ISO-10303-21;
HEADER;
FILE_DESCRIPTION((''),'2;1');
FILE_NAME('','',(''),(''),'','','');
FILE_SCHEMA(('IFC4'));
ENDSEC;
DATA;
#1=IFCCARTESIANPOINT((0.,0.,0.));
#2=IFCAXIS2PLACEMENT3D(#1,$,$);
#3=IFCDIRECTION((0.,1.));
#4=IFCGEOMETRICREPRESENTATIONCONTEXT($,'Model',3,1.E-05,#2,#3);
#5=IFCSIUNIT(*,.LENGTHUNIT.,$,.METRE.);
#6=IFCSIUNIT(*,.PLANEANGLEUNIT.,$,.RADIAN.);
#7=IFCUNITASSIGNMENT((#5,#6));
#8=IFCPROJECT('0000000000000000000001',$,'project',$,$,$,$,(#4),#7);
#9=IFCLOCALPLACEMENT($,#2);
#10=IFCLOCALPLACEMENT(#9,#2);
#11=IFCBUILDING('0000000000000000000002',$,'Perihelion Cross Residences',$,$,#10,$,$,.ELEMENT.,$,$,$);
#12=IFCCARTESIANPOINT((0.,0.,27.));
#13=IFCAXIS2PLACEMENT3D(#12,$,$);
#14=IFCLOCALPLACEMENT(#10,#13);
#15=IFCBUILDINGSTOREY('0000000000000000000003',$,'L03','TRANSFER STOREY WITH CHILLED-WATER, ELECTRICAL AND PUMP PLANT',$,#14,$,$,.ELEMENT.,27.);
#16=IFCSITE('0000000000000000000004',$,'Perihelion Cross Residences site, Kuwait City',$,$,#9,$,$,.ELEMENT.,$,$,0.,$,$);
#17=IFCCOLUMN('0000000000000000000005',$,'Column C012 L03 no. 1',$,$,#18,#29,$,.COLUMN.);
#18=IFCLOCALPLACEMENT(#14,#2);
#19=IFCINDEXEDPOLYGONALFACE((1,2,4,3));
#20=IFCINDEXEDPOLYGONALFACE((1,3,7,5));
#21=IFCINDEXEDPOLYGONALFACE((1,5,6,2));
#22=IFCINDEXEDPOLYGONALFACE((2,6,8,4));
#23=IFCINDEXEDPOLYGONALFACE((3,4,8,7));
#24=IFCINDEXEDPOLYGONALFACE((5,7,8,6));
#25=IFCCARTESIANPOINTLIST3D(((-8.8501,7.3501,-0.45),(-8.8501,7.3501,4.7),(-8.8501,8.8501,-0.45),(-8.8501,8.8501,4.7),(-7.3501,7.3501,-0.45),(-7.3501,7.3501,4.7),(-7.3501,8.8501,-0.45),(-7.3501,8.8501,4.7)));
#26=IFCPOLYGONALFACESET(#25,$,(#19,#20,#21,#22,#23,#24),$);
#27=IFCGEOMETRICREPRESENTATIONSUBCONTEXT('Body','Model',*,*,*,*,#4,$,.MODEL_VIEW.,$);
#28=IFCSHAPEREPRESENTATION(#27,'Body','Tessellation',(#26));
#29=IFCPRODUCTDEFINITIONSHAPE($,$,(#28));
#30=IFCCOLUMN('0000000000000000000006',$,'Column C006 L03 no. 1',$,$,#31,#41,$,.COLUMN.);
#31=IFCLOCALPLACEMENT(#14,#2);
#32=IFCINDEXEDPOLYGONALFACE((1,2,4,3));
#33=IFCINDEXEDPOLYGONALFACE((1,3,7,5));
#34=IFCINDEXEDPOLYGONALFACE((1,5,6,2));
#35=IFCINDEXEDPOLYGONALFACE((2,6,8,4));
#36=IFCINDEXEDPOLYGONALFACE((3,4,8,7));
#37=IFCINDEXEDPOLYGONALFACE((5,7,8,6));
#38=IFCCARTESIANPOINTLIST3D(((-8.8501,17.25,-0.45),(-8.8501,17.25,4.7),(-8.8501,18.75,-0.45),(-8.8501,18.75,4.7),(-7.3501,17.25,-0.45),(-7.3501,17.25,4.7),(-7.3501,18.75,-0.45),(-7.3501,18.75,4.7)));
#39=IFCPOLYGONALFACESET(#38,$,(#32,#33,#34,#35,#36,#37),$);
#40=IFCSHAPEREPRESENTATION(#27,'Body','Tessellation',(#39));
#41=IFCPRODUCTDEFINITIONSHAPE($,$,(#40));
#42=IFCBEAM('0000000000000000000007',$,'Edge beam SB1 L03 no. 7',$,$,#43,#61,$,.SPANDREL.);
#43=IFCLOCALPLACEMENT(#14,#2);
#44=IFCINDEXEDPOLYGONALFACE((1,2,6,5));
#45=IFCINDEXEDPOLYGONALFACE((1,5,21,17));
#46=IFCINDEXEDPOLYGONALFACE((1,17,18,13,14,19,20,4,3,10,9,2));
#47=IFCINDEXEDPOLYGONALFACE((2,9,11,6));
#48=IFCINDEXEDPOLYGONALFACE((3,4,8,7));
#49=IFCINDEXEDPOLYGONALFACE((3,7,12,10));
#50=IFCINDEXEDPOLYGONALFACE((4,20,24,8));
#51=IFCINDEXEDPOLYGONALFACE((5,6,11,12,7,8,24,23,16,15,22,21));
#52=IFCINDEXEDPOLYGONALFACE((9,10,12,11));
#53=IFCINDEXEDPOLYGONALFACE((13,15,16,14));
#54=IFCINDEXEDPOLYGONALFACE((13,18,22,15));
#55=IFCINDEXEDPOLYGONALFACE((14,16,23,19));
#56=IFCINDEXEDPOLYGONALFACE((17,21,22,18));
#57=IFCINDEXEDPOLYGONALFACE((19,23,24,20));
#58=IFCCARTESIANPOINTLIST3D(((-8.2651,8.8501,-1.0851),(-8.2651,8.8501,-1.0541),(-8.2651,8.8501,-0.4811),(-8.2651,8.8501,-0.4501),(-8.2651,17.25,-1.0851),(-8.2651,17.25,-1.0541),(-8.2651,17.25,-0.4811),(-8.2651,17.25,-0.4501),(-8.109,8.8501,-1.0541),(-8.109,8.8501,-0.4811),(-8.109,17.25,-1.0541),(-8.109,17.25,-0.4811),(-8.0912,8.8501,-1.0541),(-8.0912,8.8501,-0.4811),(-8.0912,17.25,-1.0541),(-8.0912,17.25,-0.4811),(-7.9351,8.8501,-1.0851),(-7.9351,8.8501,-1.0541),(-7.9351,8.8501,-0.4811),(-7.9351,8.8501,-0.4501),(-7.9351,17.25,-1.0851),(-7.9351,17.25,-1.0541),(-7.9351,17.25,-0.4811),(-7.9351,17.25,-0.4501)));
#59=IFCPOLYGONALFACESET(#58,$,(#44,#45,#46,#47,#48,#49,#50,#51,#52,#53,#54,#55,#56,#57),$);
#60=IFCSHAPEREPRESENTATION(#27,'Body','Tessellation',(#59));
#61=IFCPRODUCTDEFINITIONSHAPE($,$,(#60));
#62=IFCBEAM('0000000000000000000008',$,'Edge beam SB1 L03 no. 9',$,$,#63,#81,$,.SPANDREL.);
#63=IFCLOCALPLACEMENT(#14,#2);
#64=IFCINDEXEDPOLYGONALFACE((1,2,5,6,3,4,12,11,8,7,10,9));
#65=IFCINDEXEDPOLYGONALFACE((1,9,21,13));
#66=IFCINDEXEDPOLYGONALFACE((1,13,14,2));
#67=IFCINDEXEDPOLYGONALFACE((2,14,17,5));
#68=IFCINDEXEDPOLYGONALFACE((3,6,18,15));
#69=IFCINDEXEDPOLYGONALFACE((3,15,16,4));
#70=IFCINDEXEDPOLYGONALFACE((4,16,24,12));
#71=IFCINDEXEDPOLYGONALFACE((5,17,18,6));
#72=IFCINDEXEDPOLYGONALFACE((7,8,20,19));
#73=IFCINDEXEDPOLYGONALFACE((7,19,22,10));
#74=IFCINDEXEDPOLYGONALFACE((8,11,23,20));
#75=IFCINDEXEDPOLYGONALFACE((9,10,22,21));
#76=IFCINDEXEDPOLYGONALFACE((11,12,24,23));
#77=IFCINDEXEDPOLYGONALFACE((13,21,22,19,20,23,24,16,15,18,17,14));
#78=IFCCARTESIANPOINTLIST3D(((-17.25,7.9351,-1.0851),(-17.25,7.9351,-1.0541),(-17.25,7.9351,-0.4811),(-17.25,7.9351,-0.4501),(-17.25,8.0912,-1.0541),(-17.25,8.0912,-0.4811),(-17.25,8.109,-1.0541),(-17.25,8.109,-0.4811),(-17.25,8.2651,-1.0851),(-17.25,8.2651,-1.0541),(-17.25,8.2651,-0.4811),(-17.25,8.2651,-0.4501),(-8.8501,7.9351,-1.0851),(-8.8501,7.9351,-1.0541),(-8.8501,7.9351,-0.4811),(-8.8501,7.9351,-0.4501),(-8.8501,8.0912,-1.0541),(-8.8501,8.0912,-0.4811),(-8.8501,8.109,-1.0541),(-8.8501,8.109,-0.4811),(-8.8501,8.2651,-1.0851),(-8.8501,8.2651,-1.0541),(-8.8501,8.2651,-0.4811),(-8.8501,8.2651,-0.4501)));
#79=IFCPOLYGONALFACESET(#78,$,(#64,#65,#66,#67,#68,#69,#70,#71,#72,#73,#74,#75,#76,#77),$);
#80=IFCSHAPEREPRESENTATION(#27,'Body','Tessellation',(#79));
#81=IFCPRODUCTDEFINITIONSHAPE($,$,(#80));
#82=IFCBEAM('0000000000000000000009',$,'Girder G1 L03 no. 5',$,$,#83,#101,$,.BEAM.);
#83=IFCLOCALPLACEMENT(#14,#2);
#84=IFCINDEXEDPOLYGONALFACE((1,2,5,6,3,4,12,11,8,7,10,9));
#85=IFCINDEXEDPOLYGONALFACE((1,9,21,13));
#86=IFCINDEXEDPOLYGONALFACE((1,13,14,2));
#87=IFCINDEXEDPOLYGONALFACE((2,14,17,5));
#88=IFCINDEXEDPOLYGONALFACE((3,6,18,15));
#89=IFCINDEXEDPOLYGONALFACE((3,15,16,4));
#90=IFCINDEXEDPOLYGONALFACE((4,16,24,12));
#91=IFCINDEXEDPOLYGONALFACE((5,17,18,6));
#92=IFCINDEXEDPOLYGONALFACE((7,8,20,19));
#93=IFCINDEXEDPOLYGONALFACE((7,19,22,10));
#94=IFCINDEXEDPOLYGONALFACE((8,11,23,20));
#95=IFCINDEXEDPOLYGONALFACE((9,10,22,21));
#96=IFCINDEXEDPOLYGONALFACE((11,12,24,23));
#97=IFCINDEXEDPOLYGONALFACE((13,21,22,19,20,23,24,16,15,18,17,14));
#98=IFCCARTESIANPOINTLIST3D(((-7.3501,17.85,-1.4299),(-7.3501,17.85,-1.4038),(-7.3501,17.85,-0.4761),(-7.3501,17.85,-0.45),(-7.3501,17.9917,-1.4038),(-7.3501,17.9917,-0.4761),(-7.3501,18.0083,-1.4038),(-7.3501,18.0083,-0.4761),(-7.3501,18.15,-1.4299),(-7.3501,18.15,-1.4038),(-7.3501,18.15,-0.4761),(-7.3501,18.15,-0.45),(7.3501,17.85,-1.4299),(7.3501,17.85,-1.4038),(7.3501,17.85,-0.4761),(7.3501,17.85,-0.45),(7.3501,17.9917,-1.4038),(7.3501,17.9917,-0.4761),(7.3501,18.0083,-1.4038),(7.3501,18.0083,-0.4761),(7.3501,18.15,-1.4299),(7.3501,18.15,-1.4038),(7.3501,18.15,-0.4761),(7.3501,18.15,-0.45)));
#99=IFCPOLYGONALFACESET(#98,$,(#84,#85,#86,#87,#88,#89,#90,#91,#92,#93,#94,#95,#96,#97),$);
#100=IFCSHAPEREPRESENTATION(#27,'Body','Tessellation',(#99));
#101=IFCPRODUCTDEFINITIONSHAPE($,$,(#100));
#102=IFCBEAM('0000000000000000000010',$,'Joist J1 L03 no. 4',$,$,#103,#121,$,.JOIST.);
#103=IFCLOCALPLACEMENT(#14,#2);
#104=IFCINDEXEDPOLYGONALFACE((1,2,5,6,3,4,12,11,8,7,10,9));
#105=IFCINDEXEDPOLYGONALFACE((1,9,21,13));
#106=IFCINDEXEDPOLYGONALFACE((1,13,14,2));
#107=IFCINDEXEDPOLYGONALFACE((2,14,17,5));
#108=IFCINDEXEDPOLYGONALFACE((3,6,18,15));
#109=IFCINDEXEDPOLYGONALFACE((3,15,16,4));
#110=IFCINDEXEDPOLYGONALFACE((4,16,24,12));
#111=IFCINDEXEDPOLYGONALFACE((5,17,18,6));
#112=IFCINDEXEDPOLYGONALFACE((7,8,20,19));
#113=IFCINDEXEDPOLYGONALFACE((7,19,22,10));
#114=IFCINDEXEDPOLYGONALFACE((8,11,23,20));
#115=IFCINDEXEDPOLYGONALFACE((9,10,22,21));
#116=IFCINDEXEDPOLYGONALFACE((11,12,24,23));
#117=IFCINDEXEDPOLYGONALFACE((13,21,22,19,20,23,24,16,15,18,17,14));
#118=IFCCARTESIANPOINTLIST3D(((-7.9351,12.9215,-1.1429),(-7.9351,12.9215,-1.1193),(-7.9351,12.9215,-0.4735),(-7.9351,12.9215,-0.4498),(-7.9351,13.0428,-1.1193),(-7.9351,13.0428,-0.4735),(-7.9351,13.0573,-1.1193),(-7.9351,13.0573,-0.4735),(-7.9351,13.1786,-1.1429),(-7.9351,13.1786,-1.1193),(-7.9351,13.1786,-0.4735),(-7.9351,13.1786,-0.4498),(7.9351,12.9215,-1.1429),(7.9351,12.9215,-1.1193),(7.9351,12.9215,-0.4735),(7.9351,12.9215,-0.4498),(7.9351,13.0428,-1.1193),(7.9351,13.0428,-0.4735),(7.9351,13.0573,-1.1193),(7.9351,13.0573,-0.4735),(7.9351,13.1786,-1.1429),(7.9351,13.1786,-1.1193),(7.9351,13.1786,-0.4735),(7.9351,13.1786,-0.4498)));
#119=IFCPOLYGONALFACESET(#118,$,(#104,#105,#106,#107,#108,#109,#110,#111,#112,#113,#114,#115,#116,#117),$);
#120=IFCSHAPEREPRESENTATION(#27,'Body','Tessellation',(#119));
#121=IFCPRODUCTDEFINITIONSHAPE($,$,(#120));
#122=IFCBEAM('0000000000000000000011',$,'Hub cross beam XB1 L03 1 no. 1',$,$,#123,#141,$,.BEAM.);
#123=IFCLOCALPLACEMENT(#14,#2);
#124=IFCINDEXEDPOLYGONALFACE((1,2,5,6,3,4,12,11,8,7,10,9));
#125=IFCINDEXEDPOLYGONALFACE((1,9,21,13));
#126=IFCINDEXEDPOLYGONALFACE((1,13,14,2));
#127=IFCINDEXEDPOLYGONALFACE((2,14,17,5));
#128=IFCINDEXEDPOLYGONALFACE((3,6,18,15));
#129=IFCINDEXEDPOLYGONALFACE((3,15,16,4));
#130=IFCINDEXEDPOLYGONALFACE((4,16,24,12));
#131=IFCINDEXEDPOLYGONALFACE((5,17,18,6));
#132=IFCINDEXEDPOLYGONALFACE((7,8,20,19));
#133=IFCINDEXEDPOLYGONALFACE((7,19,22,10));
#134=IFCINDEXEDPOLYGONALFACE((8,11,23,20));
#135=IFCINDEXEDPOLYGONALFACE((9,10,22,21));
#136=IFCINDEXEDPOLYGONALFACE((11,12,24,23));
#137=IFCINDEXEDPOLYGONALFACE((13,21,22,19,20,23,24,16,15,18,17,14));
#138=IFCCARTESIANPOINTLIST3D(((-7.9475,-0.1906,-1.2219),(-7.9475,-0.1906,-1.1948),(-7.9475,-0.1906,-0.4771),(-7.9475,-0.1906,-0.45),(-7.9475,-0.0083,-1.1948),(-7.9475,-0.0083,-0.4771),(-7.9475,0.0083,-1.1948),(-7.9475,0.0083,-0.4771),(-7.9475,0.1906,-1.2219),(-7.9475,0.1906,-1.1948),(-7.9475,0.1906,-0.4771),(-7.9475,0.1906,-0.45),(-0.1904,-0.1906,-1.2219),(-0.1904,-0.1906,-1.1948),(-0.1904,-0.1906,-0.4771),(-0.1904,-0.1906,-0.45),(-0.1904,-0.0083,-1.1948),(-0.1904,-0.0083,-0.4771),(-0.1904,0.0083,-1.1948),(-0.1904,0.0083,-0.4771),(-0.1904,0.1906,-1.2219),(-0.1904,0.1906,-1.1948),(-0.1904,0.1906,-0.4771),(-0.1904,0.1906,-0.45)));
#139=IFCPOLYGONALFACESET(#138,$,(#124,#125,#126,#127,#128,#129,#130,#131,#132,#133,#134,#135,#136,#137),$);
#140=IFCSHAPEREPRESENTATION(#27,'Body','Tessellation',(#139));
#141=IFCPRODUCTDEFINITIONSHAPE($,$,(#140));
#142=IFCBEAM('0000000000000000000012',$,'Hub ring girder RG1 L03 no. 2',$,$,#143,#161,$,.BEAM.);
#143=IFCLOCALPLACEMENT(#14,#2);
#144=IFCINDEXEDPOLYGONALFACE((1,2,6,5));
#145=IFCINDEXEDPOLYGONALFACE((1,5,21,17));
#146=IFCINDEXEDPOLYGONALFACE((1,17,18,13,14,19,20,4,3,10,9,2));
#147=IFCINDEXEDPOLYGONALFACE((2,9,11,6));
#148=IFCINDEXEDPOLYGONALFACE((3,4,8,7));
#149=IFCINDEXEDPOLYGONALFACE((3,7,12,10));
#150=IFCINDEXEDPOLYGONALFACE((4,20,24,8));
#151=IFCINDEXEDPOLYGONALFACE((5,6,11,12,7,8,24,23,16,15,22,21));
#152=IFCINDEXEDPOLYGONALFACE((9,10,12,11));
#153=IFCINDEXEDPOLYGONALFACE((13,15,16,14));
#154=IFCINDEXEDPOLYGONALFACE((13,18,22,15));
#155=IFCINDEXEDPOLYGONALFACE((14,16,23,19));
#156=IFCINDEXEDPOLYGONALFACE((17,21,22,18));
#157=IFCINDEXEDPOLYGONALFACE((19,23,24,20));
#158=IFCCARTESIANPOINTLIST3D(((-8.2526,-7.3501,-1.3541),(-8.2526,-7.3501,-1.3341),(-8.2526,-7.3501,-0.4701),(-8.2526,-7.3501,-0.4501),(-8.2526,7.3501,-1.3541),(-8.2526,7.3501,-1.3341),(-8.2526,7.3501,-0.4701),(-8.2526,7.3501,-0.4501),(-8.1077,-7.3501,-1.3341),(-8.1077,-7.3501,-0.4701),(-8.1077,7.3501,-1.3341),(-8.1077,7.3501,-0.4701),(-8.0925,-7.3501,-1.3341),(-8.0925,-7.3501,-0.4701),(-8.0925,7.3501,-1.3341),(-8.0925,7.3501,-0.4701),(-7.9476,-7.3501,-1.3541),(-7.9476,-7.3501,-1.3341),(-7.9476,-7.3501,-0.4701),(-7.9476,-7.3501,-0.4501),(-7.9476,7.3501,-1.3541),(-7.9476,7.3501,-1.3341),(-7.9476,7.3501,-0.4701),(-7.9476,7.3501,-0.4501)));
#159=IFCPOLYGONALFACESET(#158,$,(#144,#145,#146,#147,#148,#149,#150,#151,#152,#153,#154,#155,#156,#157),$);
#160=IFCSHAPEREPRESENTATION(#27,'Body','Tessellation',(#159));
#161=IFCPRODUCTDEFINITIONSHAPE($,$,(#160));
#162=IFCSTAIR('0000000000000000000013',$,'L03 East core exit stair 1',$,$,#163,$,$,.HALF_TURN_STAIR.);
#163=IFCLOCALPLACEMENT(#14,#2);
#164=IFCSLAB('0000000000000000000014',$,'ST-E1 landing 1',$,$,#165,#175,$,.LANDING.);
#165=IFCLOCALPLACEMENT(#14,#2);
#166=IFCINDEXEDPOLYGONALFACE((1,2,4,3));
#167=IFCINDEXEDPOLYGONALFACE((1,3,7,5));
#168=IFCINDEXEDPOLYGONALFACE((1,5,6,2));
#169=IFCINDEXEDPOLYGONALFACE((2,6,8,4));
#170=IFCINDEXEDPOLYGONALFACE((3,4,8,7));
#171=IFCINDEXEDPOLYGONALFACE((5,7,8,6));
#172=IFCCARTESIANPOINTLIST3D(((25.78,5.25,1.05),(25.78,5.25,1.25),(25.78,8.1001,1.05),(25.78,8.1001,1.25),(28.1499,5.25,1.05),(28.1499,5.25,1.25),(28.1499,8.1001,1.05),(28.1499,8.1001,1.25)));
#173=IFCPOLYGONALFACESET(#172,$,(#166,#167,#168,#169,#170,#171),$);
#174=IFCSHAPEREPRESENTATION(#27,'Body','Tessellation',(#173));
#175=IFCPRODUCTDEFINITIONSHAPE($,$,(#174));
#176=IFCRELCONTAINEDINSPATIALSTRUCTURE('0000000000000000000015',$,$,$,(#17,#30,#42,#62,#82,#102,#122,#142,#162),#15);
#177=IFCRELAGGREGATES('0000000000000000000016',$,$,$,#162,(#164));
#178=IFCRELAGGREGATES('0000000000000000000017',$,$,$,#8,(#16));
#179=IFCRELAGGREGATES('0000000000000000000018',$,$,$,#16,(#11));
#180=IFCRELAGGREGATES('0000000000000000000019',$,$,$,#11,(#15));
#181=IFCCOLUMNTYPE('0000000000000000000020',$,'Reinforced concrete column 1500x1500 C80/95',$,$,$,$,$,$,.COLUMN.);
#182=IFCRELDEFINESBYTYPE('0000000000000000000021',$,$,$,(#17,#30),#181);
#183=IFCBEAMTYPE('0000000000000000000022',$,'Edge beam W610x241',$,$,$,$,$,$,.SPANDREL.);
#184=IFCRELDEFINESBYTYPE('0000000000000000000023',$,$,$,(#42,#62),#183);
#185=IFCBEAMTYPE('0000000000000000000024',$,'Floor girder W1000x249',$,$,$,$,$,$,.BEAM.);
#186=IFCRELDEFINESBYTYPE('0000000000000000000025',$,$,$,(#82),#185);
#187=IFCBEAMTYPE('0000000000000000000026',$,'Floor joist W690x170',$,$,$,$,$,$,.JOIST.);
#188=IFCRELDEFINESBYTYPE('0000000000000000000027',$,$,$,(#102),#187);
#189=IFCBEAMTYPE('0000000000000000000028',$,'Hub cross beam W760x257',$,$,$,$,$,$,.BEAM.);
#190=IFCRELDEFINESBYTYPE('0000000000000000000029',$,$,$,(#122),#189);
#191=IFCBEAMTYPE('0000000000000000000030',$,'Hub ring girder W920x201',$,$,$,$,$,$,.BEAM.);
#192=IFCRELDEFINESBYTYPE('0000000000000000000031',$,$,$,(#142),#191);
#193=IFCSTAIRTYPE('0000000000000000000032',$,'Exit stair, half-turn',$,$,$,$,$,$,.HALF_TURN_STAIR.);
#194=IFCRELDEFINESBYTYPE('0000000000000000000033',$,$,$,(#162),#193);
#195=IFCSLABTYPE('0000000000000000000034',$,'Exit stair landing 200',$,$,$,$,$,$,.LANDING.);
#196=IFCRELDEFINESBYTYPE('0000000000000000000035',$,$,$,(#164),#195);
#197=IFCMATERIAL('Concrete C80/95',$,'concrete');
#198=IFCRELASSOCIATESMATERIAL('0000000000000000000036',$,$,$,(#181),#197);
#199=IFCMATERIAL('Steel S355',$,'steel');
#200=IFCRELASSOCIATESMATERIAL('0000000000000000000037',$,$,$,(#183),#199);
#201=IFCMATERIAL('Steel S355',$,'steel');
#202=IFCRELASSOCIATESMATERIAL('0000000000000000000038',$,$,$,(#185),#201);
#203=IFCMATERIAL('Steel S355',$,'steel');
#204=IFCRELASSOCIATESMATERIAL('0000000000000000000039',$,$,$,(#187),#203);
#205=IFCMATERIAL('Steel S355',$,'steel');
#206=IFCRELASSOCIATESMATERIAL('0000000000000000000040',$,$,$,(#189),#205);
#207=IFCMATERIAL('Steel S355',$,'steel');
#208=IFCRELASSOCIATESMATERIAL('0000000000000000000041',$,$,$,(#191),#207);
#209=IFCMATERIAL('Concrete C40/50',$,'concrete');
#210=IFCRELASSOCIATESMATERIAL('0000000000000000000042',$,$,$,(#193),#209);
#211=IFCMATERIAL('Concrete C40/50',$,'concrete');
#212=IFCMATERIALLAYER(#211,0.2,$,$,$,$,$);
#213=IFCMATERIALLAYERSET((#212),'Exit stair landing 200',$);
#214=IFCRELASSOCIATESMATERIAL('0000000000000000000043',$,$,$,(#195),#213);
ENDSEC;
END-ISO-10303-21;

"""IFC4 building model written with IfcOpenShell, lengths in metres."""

from ifc_helpers import new_model, si_unit, direction, frame, origin, origin_2d, place, context, subcontext, project, spatial, polyline, rectangle, i_section, outline, extrude, material, layer, layer_set, material_profile, profile_set, type_object, element, aggregate, save


model = new_model("IFC4")

# Units and contexts
model_context = context("Model", 3, precision=1e-05, world=origin(), true_north=direction((0.0, 1.0)))
body_context = subcontext(model_context, "Body", "Model", "MODEL_VIEW")
ifc_project = project(units=[si_unit("LENGTHUNIT", "METRE"), si_unit("PLANEANGLEUNIT", "RADIAN")], contexts=[model_context])

# Site, building, storey
site_placement = place(None, origin())
site = spatial("IfcSite", under=ifc_project, at=site_placement, Name="Perihelion Cross Residences site, Kuwait City", CompositionType="ELEMENT", RefElevation=0.0)
building_placement = place(site_placement, origin())
building = spatial("IfcBuilding", under=site, at=building_placement, Name="Perihelion Cross Residences", CompositionType="ELEMENT")
storey_placement = place(building_placement, frame((0.0, 0.0, 27.0)))
storey = spatial("IfcBuildingStorey", under=building, at=storey_placement, Name="L03", Description="TRANSFER STOREY WITH CHILLED-WATER, ELECTRICAL AND PUMP PLANT", CompositionType="ELEMENT", Elevation=27.0)

# Columns
ifc_material_1 = material(Name="Concrete C80/95", Category="concrete")
ifc_material_profile_1 = material_profile(ifc_material_1, rectangle(XDim=1.5, YDim=1.5, at=origin_2d()), Name="RC 1500x1500")
ifc_profile_set_1 = profile_set([ifc_material_profile_1], Name="Concrete C80/95")
column_type = type_object("IfcColumnType", Name="Reinforced concrete column 1500x1500 C80/95", PredefinedType="COLUMN", material=ifc_profile_set_1)
for number, where, z_axis, x_axis, name in (
    (1, (-8.1001, 8.1001, -0.45), (0.0, 0.0, 1.0), (1.0, 0.0, 0.0), "Column C012 L03 no. 1"),
    (2, (-8.1001, 18.0, -0.45), (0.0, 0.0, 1.0), (1.0, 0.0, 0.0), "Column C006 L03 no. 1"),
):
    element("IfcColumn", number, at=place(storey_placement, frame(where, z_axis=z_axis, x_axis=x_axis)), inside=storey, type_object=column_type, Name=name, PredefinedType="COLUMN", context=body_context, shape_type="SweptSolid", body=[
        extrude(rectangle(XDim=1.5, YDim=1.5, at=origin_2d()), origin(), (0.0, 0.0, 1.0), 5.1499),
    ])

# Beams
ifc_material_2 = material(Name="Steel S355", Category="steel")
ifc_material_profile_2 = material_profile(ifc_material_2, i_section(OverallWidth=0.3301, OverallDepth=0.635, WebThickness=0.0178, FlangeThickness=0.031, at=origin_2d()), Name="W610x241")
ifc_profile_set_2 = profile_set([ifc_material_profile_2], Name="Steel S355")
beam_type_1 = type_object("IfcBeamType", Name="Edge beam W610x241", PredefinedType="SPANDREL", material=ifc_profile_set_2)
for number, where, z_axis, x_axis, name in (
    (3, (-8.1001, 17.25, -0.7676), (0.0, -1.0, 0.0), (1.0, 0.0, 0.0), "Edge beam SB1 L03 no. 7"),
    (4, (-8.8501, 8.1001, -0.7676), (-1.0, 0.0, 0.0), (0.0, -1.0, 0.0), "Edge beam SB1 L03 no. 9"),
):
    element("IfcBeam", number, at=place(storey_placement, frame(where, z_axis=z_axis, x_axis=x_axis)), inside=storey, type_object=beam_type_1, Name=name, PredefinedType="SPANDREL", context=body_context, shape_type="SweptSolid", body=[
        extrude(i_section(OverallWidth=0.3301, OverallDepth=0.635, WebThickness=0.0178, FlangeThickness=0.031, at=origin_2d()), origin(), (0.0, 0.0, 1.0), 8.3999),
    ])
ifc_material_3 = material(Name="Steel S355", Category="steel")
ifc_material_profile_3 = material_profile(ifc_material_3, i_section(OverallWidth=0.3, OverallDepth=0.98, WebThickness=0.0166, FlangeThickness=0.0261, at=origin_2d()), Name="W1000x249")
ifc_profile_set_3 = profile_set([ifc_material_profile_3], Name="Steel S355")
beam_type_2 = type_object("IfcBeamType", Name="Floor girder W1000x249", PredefinedType="BEAM", material=ifc_profile_set_3)
beam_1_placement = place(storey_placement, frame((-7.3501, 18.0, -0.9399), z_axis=(1.0, 0.0, 0.0), x_axis=(0.0, 1.0, 0.0)))
element("IfcBeam", 5, at=beam_1_placement, inside=storey, type_object=beam_type_2, Name="Girder G1 L03 no. 5", PredefinedType="BEAM", context=body_context, shape_type="SweptSolid", body=[
    extrude(i_section(OverallWidth=0.3, OverallDepth=0.98, WebThickness=0.0166, FlangeThickness=0.0261, at=origin_2d()), origin(), (0.0, 0.0, 1.0), 14.7002),
])
ifc_material_4 = material(Name="Steel S355", Category="steel")
ifc_material_profile_4 = material_profile(ifc_material_4, i_section(OverallWidth=0.2571, OverallDepth=0.6931, WebThickness=0.0144, FlangeThickness=0.0237, at=origin_2d()), Name="W690x170")
ifc_profile_set_4 = profile_set([ifc_material_profile_4], Name="Steel S355")
beam_type_3 = type_object("IfcBeamType", Name="Floor joist W690x170", PredefinedType="JOIST", material=ifc_profile_set_4)
beam_2_placement = place(storey_placement, frame((-7.9351, 13.05, -0.7964), z_axis=(1.0, 0.0, 0.0), x_axis=(0.0, 1.0, 0.0)))
element("IfcBeam", 6, at=beam_2_placement, inside=storey, type_object=beam_type_3, Name="Joist J1 L03 no. 4", PredefinedType="JOIST", context=body_context, shape_type="SweptSolid", body=[
    extrude(i_section(OverallWidth=0.2571, OverallDepth=0.6931, WebThickness=0.0144, FlangeThickness=0.0237, at=origin_2d()), origin(), (0.0, 0.0, 1.0), 15.8701),
])
ifc_material_5 = material(Name="Steel S355", Category="steel")
ifc_material_profile_5 = material_profile(ifc_material_5, i_section(OverallWidth=0.3811, OverallDepth=0.772, WebThickness=0.0166, FlangeThickness=0.0271, at=origin_2d()), Name="W760x257")
ifc_profile_set_5 = profile_set([ifc_material_profile_5], Name="Steel S355")
beam_type_4 = type_object("IfcBeamType", Name="Hub cross beam W760x257", PredefinedType="BEAM", material=ifc_profile_set_5)
beam_3_placement = place(storey_placement, frame((-7.9475, 0.0, -0.8359), z_axis=(1.0, 0.0, 0.0), x_axis=(0.0, 1.0, 0.0)))
element("IfcBeam", 7, at=beam_3_placement, inside=storey, type_object=beam_type_4, Name="Hub cross beam XB1 L03 1 no. 1", PredefinedType="BEAM", context=body_context, shape_type="SweptSolid", body=[
    extrude(i_section(OverallWidth=0.3811, OverallDepth=0.772, WebThickness=0.0166, FlangeThickness=0.0271, at=origin_2d()), origin(), (0.0, 0.0, 1.0), 7.7571),
])
ifc_material_6 = material(Name="Steel S355", Category="steel")
ifc_material_profile_6 = material_profile(ifc_material_6, i_section(OverallWidth=0.3049, OverallDepth=0.9041, WebThickness=0.0151, FlangeThickness=0.02, at=origin_2d()), Name="W920x201")
ifc_profile_set_6 = profile_set([ifc_material_profile_6], Name="Steel S355")
beam_type_5 = type_object("IfcBeamType", Name="Hub ring girder W920x201", PredefinedType="BEAM", material=ifc_profile_set_6)
beam_4_placement = place(storey_placement, frame((-8.1001, 7.3501, -0.9021), z_axis=(0.0, -1.0, 0.0), x_axis=(1.0, 0.0, 0.0)))
element("IfcBeam", 8, at=beam_4_placement, inside=storey, type_object=beam_type_5, Name="Hub ring girder RG1 L03 no. 2", PredefinedType="BEAM", context=body_context, shape_type="SweptSolid", body=[
    extrude(i_section(OverallWidth=0.3049, OverallDepth=0.9041, WebThickness=0.0151, FlangeThickness=0.02, at=origin_2d()), origin(), (0.0, 0.0, 1.0), 14.7002),
])

# Stair, slab
ifc_material_7 = material(Name="Concrete C40/50", Category="concrete")
stair_type = type_object("IfcStairType", Name="Exit stair, half-turn", PredefinedType="HALF_TURN_STAIR", material=ifc_material_7)
stair_1_placement = place(storey_placement, origin())
stair_1 = element("IfcStair", 9, at=stair_1_placement, inside=storey, type_object=stair_type, Name="L03 East core exit stair 1", PredefinedType="HALF_TURN_STAIR")
ifc_material_8 = material(Name="Concrete C40/50", Category="concrete")
ifc_layer_1 = layer(ifc_material_8, 0.2)
ifc_layer_set_1 = layer_set([ifc_layer_1], Name="Exit stair landing 200")
slab_type_1 = type_object("IfcSlabType", Name="Exit stair landing 200", PredefinedType="LANDING", material=ifc_layer_set_1)
slab_1_placement = place(storey_placement, frame((0.0, 0.0, 1.05)))
slab_1 = element("IfcSlab", 10, at=slab_1_placement, type_object=slab_type_1, Name="ST-E1 landing 1", PredefinedType="LANDING", context=body_context, shape_type="SweptSolid", body=[
    extrude(outline(polyline([(25.78, 5.25), (28.1499, 5.25), (28.1499, 8.1001), (25.78, 8.1001), (25.78, 5.25)])), origin(), (0.0, 0.0, 1.0), 0.2),
])
aggregate(stair_1, [slab_1])

save(model, "model.ifc")
